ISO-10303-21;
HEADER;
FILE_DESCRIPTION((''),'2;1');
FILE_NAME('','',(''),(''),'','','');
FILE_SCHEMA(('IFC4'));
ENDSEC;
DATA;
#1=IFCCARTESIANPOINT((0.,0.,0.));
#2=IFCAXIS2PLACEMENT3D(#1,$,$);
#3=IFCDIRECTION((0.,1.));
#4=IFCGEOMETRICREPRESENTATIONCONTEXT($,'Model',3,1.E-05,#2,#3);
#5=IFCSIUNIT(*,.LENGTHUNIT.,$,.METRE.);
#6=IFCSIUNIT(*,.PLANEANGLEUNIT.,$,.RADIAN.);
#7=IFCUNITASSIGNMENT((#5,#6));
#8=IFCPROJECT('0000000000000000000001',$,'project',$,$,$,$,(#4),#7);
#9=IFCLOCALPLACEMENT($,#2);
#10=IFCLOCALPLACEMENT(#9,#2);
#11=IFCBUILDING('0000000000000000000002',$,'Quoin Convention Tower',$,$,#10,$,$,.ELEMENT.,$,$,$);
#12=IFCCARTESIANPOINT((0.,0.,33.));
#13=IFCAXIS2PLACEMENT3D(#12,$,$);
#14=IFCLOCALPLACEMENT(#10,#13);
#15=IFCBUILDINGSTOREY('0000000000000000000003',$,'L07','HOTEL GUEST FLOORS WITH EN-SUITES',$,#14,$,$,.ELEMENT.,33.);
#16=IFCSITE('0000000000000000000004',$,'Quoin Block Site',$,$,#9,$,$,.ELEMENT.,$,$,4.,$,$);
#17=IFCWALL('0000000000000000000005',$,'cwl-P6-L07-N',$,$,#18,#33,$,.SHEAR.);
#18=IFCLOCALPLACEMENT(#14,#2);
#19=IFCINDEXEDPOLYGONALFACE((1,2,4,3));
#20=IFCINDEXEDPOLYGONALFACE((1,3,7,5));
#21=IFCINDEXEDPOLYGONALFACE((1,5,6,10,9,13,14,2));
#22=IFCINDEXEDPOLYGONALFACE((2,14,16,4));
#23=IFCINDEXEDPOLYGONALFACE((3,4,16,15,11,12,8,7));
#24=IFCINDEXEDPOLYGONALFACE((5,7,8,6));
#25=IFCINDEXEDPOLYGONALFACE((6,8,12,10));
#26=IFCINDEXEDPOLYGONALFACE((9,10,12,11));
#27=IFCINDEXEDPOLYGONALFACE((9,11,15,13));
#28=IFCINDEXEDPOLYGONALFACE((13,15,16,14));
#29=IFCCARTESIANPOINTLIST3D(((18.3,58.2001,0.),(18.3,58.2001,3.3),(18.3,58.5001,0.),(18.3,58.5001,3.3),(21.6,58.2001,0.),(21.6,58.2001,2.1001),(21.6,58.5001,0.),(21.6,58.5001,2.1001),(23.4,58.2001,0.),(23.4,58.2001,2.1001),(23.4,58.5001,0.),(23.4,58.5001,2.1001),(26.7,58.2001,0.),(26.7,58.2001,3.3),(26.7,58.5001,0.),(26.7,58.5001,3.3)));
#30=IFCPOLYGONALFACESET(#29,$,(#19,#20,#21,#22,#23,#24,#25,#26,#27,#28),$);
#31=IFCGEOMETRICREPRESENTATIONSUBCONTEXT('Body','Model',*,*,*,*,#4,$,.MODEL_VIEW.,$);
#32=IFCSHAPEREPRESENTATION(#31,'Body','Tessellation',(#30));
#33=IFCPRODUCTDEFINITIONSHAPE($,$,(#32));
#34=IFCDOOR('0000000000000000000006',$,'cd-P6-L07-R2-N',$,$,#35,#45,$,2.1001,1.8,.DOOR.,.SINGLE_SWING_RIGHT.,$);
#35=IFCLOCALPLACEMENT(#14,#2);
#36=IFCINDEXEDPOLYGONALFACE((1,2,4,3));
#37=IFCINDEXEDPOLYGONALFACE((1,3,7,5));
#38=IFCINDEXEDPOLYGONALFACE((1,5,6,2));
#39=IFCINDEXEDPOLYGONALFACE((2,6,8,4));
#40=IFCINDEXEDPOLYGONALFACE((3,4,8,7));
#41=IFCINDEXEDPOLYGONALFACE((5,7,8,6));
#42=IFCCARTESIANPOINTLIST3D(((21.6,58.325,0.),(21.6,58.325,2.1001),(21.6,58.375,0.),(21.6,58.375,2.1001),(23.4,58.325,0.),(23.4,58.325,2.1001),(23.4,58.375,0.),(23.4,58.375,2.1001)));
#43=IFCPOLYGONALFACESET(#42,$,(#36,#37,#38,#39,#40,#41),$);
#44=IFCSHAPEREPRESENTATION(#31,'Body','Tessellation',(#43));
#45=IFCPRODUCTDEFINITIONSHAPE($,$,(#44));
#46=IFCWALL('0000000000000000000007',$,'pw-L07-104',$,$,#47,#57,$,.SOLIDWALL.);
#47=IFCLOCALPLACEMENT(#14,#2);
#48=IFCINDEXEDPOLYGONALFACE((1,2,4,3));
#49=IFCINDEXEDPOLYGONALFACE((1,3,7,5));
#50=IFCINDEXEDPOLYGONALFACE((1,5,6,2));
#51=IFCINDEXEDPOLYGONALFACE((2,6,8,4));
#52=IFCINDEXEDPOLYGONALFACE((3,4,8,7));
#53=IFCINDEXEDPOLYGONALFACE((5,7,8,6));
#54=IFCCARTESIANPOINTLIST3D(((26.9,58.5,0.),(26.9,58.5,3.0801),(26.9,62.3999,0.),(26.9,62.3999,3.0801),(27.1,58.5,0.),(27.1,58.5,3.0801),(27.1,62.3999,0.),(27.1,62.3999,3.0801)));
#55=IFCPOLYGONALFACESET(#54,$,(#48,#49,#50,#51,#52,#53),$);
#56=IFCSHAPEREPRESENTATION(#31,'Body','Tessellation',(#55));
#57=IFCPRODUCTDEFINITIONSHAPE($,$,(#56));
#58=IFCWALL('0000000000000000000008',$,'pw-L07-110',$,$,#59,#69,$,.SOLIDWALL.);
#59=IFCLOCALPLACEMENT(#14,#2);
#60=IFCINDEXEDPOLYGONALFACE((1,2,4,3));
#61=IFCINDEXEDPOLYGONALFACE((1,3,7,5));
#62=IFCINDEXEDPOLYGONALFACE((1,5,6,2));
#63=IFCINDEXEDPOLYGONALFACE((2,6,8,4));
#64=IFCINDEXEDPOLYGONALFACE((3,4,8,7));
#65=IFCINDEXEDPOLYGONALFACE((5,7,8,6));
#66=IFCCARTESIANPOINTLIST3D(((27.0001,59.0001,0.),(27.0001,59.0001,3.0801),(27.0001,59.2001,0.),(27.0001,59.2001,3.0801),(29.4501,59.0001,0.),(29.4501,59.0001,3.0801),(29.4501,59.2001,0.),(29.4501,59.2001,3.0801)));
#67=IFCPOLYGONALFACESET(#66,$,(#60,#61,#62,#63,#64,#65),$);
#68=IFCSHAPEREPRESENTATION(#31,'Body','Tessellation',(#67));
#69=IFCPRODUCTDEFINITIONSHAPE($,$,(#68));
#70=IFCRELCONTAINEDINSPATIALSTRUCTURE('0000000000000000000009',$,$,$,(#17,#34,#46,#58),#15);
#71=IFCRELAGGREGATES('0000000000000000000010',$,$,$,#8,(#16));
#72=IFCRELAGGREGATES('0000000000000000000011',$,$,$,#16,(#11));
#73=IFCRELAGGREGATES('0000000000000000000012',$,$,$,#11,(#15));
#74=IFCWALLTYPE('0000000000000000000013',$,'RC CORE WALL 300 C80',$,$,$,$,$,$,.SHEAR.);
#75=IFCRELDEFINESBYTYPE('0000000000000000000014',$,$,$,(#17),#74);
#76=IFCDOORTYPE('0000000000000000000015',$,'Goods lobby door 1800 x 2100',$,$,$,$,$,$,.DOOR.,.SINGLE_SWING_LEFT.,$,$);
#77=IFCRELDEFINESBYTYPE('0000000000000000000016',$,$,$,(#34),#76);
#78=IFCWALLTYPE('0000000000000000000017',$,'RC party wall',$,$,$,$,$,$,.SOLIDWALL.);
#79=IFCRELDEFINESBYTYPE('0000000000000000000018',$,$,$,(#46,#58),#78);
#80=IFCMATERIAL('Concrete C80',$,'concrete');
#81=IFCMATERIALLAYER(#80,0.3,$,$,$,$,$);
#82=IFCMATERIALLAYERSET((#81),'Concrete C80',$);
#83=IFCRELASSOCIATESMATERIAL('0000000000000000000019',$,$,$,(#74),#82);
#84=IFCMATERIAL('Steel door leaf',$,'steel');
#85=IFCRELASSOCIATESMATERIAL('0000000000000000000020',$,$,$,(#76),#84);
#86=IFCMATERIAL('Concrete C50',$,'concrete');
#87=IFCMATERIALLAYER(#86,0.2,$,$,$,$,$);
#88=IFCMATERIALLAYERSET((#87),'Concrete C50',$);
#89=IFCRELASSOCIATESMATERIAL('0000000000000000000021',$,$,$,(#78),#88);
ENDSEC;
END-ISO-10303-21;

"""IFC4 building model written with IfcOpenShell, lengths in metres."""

from ifc_helpers import new_model, si_unit, direction, frame, frame_2d, origin, place, context, subcontext, project, spatial, rectangle, extrude, material, layer, layer_set, type_object, element, fill, save


model = new_model("IFC4")

# Units and contexts
model_context = context("Model", 3, precision=1e-05, world=origin(), true_north=direction((0.0, 1.0)))
body_context = subcontext(model_context, "Body", "Model", "MODEL_VIEW")
ifc_project = project(units=[si_unit("LENGTHUNIT", "METRE"), si_unit("PLANEANGLEUNIT", "RADIAN")], contexts=[model_context])

# Site, building, storey
site_placement = place(None, origin())
site = spatial("IfcSite", under=ifc_project, at=site_placement, Name="Quoin Block Site", CompositionType="ELEMENT", RefElevation=4.0)
building_placement = place(site_placement, origin())
building = spatial("IfcBuilding", under=site, at=building_placement, Name="Quoin Convention Tower", CompositionType="ELEMENT")
storey_placement = place(building_placement, frame((0.0, 0.0, 33.0)))
storey = spatial("IfcBuildingStorey", under=building, at=storey_placement, Name="L07", Description="HOTEL GUEST FLOORS WITH EN-SUITES", CompositionType="ELEMENT", Elevation=33.0)

# Shared definitions
ifc_material_1 = material(Name="Concrete C80", Category="concrete")

# Wall, opening, door
ifc_layer_1 = layer(ifc_material_1, 0.3)
ifc_layer_set_1 = layer_set([ifc_layer_1], Name="Concrete C80")
wall_type_1 = type_object("IfcWallType", Name="RC CORE WALL 300 C80", PredefinedType="SHEAR", material=ifc_layer_set_1)
wall_1_placement = place(storey_placement, frame((18.3, 58.3501, 0.0), z_axis=(0.0, 0.0, 1.0), x_axis=(1.0, 0.0, 0.0)))
wall_1 = element("IfcWall", 1, at=wall_1_placement, inside=storey, type_object=wall_type_1, Name="cwl-P6-L07-N", PredefinedType="SHEAR", context=body_context, shape_type="SweptSolid", body=[
    extrude(rectangle(XDim=8.3999, YDim=0.3, at=frame_2d((4.2, 0.0))), origin(), (0.0, 0.0, 1.0), 3.3),
])
opening_1_placement = place(wall_1_placement, frame((3.3, 0.0, 0.0)))
opening_1 = element("IfcOpeningElement", 2, at=opening_1_placement, cuts=wall_1, PredefinedType="OPENING", context=body_context, shape_type="SweptSolid", body=[
    extrude(rectangle(XDim=1.8, YDim=2.1001, at=frame_2d((0.8999, 1.05))), frame((0.0, 0.1599, 0.0), z_axis=(0.0, -1.0, 0.0), x_axis=(1.0, 0.0, 0.0)), (0.0, 0.0, 1.0), 0.3201),
])
ifc_material_2 = material(Name="Steel door leaf", Category="steel")
door_type = type_object("IfcDoorType", Name="Goods lobby door 1800 x 2100", OperationType="SINGLE_SWING_LEFT", PredefinedType="DOOR", material=ifc_material_2)
door_placement = place(opening_1_placement, origin())
door = element("IfcDoor", 3, at=door_placement, inside=storey, type_object=door_type, Name="cd-P6-L07-R2-N", OperationType="SINGLE_SWING_RIGHT", OverallHeight=2.1001, OverallWidth=1.8, PredefinedType="DOOR", context=body_context, shape_type="SweptSolid", body=[
    extrude(rectangle(XDim=1.8, YDim=2.1001, at=frame_2d((0.8999, 1.05))), frame((0.0, 0.0249, 0.0), z_axis=(0.0, -1.0, 0.0), x_axis=(1.0, 0.0, 0.0)), (0.0, 0.0, 1.0), 0.05),
])
fill(opening_1, door)

# Walls
ifc_material_3 = material(Name="Concrete C50", Category="concrete")
ifc_layer_2 = layer(ifc_material_3, 0.2)
ifc_layer_set_2 = layer_set([ifc_layer_2], Name="Concrete C50")
wall_type_2 = type_object("IfcWallType", Name="RC party wall", PredefinedType="SOLIDWALL", material=ifc_layer_set_2)
wall_2_placement = place(storey_placement, frame((27.0, 58.5, 0.0), z_axis=(0.0, 0.0, 1.0), x_axis=(0.0, 1.0, 0.0)))
element("IfcWall", 4, at=wall_2_placement, inside=storey, type_object=wall_type_2, Name="pw-L07-104", PredefinedType="SOLIDWALL", context=body_context, shape_type="SweptSolid", body=[
    extrude(rectangle(XDim=3.8999, YDim=0.2, at=frame_2d((1.95, 0.0))), origin(), (0.0, 0.0, 1.0), 3.0801),
])
wall_3_placement = place(storey_placement, frame((27.0, 59.1001, 0.0), z_axis=(0.0, 0.0, 1.0), x_axis=(1.0, 0.0, 0.0)))
element("IfcWall", 5, at=wall_3_placement, inside=storey, type_object=wall_type_2, Name="pw-L07-110", PredefinedType="SOLIDWALL", context=body_context, shape_type="SweptSolid", body=[
    extrude(rectangle(XDim=2.45, YDim=0.2, at=frame_2d((1.2251, 0.0))), origin(), (0.0, 0.0, 1.0), 3.0801),
])

save(model, "model.ifc")
